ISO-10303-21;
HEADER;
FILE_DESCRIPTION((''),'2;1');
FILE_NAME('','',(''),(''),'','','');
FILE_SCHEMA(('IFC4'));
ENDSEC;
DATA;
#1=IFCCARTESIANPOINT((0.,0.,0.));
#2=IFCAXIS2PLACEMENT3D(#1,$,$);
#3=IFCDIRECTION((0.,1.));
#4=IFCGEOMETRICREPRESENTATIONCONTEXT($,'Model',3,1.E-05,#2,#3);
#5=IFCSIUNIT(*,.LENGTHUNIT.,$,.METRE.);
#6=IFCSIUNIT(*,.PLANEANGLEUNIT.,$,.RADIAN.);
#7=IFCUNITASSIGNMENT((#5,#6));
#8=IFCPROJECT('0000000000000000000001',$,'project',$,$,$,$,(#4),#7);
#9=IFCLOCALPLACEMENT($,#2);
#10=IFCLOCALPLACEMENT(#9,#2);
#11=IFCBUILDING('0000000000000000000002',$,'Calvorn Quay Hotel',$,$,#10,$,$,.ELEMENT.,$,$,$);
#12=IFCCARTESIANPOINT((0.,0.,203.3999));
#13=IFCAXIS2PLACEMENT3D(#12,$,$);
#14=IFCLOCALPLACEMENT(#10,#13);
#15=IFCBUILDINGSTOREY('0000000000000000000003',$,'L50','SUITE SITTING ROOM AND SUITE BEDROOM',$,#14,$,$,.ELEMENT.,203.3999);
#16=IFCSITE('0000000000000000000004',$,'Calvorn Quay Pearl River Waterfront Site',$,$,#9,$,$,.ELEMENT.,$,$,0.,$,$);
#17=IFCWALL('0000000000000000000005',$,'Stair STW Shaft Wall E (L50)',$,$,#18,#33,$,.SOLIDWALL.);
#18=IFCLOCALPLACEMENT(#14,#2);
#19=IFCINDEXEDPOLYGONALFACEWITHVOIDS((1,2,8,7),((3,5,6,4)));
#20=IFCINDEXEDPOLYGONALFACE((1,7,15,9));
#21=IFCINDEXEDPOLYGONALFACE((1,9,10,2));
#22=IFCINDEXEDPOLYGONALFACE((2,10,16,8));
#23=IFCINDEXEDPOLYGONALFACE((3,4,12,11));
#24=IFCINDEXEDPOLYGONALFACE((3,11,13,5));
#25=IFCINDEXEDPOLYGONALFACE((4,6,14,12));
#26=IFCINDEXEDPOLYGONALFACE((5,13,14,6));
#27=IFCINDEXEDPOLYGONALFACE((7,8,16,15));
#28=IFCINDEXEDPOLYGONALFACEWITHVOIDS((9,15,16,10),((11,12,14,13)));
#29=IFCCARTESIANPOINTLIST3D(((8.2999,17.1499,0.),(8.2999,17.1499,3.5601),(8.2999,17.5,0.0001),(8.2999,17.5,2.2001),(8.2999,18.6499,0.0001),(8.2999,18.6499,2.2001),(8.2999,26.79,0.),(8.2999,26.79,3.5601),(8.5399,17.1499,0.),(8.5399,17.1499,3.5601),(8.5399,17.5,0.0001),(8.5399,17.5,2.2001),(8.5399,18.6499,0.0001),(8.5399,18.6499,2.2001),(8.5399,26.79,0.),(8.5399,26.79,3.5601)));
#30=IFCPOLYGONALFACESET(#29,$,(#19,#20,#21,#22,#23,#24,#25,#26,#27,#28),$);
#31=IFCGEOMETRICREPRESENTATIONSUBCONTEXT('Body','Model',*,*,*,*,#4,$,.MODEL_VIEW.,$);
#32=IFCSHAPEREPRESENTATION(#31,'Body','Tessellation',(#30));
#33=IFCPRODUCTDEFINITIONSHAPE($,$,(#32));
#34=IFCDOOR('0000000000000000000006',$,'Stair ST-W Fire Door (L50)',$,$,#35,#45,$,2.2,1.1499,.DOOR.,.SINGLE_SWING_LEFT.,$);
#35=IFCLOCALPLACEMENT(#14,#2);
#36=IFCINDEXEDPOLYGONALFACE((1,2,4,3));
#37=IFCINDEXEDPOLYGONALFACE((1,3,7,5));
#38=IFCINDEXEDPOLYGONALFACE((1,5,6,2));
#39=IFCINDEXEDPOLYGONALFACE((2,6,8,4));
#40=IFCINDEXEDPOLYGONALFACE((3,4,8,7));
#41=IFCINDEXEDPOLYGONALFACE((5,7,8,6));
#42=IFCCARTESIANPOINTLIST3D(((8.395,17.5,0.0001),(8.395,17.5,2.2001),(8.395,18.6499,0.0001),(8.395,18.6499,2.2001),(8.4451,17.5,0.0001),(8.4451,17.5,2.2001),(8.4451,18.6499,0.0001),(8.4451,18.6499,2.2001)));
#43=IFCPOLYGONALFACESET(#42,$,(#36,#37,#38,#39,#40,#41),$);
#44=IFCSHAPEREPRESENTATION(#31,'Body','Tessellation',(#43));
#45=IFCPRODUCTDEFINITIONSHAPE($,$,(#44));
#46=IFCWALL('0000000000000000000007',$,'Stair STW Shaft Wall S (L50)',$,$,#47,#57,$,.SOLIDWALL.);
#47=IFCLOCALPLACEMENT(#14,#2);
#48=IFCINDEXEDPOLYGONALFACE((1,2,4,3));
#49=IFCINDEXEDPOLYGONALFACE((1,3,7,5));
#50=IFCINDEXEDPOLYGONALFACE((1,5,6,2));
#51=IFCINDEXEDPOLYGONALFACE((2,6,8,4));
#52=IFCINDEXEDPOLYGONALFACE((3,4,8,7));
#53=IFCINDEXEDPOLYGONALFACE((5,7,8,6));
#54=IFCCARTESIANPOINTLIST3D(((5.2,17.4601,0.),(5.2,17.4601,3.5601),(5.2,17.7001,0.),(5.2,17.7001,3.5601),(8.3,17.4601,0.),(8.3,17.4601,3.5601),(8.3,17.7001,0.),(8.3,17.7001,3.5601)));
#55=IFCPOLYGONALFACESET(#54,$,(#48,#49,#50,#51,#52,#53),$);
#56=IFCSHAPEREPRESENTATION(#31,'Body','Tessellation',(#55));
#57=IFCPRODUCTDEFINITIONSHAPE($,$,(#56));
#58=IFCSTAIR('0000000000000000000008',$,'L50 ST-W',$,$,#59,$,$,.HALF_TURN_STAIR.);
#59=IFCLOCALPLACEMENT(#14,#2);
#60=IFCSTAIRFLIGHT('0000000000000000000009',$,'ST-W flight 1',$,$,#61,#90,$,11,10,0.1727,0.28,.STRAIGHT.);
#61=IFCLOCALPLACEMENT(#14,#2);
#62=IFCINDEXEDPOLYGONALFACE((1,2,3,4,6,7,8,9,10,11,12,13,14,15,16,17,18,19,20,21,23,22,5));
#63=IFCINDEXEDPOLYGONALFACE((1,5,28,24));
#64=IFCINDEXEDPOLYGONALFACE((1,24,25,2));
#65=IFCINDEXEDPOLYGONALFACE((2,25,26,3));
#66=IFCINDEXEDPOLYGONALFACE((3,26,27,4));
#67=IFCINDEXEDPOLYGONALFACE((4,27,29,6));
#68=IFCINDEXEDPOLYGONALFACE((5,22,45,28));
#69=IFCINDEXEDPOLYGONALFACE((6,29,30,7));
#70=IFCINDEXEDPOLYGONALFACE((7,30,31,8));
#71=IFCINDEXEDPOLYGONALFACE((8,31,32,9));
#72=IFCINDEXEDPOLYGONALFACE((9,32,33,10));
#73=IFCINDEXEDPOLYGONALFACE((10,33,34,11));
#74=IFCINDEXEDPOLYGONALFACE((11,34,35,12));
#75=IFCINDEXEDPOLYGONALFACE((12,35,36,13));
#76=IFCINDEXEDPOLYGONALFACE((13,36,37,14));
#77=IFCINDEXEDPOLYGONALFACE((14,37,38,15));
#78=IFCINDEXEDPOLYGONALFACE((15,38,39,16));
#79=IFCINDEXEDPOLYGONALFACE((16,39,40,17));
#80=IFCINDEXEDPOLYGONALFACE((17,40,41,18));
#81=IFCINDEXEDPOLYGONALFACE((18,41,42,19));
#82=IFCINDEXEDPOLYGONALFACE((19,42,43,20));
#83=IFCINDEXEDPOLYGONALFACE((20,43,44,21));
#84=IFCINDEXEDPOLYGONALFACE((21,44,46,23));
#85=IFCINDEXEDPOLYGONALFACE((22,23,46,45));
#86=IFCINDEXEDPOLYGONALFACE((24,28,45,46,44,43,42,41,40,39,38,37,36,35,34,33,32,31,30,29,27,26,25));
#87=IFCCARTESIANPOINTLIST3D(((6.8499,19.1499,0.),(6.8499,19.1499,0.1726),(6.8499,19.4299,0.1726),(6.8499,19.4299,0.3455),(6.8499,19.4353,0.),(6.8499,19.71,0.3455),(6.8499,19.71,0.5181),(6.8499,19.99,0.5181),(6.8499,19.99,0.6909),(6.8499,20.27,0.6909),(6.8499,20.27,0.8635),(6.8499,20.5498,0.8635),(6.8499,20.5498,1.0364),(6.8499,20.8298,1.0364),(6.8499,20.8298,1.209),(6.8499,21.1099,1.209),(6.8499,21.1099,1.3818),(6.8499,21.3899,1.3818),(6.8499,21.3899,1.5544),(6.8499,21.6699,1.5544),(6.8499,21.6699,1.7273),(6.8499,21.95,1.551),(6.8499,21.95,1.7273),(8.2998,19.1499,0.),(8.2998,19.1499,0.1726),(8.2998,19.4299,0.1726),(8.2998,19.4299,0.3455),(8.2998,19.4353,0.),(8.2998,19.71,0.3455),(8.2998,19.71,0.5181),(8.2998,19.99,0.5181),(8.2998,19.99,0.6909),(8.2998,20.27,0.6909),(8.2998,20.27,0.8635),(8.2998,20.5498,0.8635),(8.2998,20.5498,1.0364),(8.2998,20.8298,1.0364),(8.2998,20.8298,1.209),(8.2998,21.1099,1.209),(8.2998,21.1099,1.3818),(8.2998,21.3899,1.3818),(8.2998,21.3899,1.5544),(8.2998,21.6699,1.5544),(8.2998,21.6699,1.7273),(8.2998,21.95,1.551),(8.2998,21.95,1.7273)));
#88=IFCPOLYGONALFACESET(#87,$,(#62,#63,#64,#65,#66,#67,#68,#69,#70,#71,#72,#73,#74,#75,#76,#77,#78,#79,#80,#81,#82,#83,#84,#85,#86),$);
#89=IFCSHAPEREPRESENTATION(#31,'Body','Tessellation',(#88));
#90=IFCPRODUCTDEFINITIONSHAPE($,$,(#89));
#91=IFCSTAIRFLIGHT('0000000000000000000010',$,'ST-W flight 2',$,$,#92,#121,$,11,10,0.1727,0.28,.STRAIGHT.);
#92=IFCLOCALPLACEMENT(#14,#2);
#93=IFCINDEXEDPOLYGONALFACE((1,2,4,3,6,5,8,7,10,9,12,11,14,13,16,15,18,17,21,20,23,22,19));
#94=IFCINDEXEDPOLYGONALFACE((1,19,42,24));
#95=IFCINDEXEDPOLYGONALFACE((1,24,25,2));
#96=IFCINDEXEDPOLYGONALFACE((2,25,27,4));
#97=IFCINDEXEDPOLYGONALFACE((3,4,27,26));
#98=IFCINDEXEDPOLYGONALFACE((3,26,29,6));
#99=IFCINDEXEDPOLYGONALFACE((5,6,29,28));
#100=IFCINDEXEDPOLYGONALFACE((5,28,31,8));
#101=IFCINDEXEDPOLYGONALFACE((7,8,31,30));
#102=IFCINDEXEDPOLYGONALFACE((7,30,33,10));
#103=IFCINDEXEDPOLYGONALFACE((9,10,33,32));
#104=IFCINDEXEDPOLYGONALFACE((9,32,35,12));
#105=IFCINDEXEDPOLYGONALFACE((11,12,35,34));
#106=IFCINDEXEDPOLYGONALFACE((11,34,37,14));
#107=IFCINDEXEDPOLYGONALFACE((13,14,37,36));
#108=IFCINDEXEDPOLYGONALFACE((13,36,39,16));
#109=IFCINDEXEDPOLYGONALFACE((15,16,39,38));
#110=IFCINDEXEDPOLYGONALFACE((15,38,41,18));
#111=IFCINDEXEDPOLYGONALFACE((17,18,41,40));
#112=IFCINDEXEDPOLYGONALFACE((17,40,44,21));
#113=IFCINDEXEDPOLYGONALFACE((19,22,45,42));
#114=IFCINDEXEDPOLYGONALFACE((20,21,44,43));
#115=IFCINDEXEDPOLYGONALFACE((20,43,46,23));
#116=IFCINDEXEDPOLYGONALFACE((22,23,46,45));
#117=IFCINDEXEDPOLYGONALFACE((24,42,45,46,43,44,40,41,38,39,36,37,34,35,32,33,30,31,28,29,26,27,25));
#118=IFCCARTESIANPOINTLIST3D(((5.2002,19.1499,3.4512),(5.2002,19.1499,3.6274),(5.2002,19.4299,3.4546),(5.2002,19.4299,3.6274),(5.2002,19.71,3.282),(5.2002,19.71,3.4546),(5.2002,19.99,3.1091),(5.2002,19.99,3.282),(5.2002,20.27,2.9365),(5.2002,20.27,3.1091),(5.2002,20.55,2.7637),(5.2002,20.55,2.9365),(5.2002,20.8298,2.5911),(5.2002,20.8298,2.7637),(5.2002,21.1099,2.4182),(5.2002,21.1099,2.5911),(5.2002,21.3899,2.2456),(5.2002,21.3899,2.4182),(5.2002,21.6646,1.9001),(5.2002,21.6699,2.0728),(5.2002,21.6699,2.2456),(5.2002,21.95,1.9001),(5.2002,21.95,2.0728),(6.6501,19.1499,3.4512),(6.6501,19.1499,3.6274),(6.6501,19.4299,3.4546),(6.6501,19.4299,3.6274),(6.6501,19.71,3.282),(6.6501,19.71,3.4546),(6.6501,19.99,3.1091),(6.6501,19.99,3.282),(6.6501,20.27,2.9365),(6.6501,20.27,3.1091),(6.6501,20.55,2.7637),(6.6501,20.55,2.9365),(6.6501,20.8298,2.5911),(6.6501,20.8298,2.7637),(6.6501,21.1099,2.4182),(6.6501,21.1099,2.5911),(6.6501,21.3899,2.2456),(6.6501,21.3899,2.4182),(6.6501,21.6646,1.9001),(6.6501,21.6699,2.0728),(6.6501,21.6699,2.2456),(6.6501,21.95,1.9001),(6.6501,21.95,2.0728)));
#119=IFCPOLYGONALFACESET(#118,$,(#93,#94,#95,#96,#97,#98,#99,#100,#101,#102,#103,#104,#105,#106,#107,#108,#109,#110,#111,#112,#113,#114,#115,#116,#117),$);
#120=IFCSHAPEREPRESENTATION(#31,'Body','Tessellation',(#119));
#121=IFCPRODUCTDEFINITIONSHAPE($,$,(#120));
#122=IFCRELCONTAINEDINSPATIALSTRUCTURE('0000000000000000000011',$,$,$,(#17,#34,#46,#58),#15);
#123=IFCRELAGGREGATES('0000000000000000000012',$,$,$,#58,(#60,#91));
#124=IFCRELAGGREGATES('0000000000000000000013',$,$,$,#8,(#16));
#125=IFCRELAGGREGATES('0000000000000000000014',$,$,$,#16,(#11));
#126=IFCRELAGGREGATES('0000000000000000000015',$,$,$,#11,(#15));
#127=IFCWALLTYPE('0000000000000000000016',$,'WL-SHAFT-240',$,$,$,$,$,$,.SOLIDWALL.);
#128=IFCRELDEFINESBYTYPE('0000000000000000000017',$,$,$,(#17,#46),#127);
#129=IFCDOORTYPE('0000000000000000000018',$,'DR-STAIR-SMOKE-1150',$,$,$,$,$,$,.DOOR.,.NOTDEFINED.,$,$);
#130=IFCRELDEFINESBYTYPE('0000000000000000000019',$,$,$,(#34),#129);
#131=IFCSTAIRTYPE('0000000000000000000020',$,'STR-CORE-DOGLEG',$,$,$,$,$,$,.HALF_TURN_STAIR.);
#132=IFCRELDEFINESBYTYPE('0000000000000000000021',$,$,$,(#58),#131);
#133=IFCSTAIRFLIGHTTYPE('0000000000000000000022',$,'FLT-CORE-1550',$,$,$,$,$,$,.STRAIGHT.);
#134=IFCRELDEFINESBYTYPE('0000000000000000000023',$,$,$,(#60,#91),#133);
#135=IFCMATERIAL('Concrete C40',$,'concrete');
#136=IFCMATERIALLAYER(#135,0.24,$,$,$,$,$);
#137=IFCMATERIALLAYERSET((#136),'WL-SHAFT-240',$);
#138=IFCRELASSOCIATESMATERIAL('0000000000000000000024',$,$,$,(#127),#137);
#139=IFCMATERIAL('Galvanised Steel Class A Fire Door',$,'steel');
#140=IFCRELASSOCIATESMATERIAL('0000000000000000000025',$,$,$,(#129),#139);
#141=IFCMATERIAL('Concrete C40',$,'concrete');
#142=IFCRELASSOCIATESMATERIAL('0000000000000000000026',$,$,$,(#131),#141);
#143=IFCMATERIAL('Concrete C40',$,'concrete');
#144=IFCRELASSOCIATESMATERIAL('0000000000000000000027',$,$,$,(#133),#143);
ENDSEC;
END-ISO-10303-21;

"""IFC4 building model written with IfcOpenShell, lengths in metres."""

from ifc_helpers import new_model, si_unit, direction, frame, frame_2d, origin, place, context, subcontext, project, spatial, polyline, rectangle, outline, extrude, material, layer, layer_set, type_object, element, fill, aggregate, save


model = new_model("IFC4")

# Units and contexts
model_context = context("Model", 3, precision=1e-05, world=origin(), true_north=direction((0.0, 1.0)))
body_context = subcontext(model_context, "Body", "Model", "MODEL_VIEW")
ifc_project = project(units=[si_unit("LENGTHUNIT", "METRE"), si_unit("PLANEANGLEUNIT", "RADIAN")], contexts=[model_context])

# Site, building, storey
site_placement = place(None, origin())
site = spatial("IfcSite", under=ifc_project, at=site_placement, Name="Calvorn Quay Pearl River Waterfront Site", CompositionType="ELEMENT", RefElevation=0.0)
building_placement = place(site_placement, origin())
building = spatial("IfcBuilding", under=site, at=building_placement, Name="Calvorn Quay Hotel", CompositionType="ELEMENT")
storey_placement = place(building_placement, frame((0.0, 0.0, 203.3999)))
storey = spatial("IfcBuildingStorey", under=building, at=storey_placement, Name="L50", Description="SUITE SITTING ROOM AND SUITE BEDROOM", CompositionType="ELEMENT", Elevation=203.3999)

# Shared definitions
ifc_material_1 = material(Name="Concrete C40", Category="concrete")
ifc_layer_1 = layer(ifc_material_1, 0.24)
ifc_layer_set_1 = layer_set([ifc_layer_1], Name="WL-SHAFT-240")
wall_type_1 = type_object("IfcWallType", Name="WL-SHAFT-240", PredefinedType="SOLIDWALL", material=ifc_layer_set_1)

# Wall, opening, door
wall_1_placement = place(storey_placement, frame((8.4199, 17.1499, 0.0), z_axis=(0.0, 0.0, 1.0), x_axis=(0.0, 1.0, 0.0)))
wall_1 = element("IfcWall", 1, at=wall_1_placement, inside=storey, type_object=wall_type_1, Name="Stair STW Shaft Wall E (L50)", PredefinedType="SOLIDWALL", context=body_context, shape_type="SweptSolid", body=[
    extrude(rectangle(XDim=9.6401, YDim=0.24, at=frame_2d((4.8201, 0.0))), origin(), (0.0, 0.0, 1.0), 3.5601),
])
opening_1_placement = place(wall_1_placement, frame((0.3501, 0.0, 0.0)))
opening_1 = element("IfcOpeningElement", 2, at=opening_1_placement, cuts=wall_1, PredefinedType="OPENING", context=body_context, shape_type="SweptSolid", body=[
    extrude(rectangle(XDim=1.1499, YDim=2.2, at=frame_2d((0.575, 1.1001))), frame((0.0, 0.1299, 0.0), z_axis=(0.0, -1.0, 0.0), x_axis=(1.0, 0.0, 0.0)), (0.0, 0.0, 1.0), 0.26),
])
ifc_material_2 = material(Name="Galvanised Steel Class A Fire Door", Category="steel")
door_type_1 = type_object("IfcDoorType", Name="DR-STAIR-SMOKE-1150", OperationType="NOTDEFINED", PredefinedType="DOOR", material=ifc_material_2)
door_1_placement = place(opening_1_placement, origin())
door_1 = element("IfcDoor", 3, at=door_1_placement, inside=storey, type_object=door_type_1, Name="Stair ST-W Fire Door (L50)", OperationType="SINGLE_SWING_LEFT", OverallHeight=2.2, OverallWidth=1.1499, PredefinedType="DOOR", context=body_context, shape_type="SweptSolid", body=[
    extrude(rectangle(XDim=1.1499, YDim=2.2, at=frame_2d((0.575, 1.1001))), frame((0.0, 0.0249, 0.0), z_axis=(0.0, -1.0, 0.0), x_axis=(1.0, 0.0, 0.0)), (0.0, 0.0, 1.0), 0.05),
])
fill(opening_1, door_1)

# Wall
wall_2_placement = place(storey_placement, frame((5.2, 17.5801, 0.0), z_axis=(0.0, 0.0, 1.0), x_axis=(1.0, 0.0, 0.0)))
element("IfcWall", 4, at=wall_2_placement, inside=storey, type_object=wall_type_1, Name="Stair STW Shaft Wall S (L50)", PredefinedType="SOLIDWALL", context=body_context, shape_type="SweptSolid", body=[
    extrude(rectangle(XDim=3.1001, YDim=0.24, at=frame_2d((1.55, 0.0))), origin(), (0.0, 0.0, 1.0), 3.5601),
])

# Stair, stair flights
ifc_material_3 = material(Name="Concrete C40", Category="concrete")
stair_type = type_object("IfcStairType", Name="STR-CORE-DOGLEG", PredefinedType="HALF_TURN_STAIR", material=ifc_material_3)
stair_placement = place(storey_placement, origin())
stair = element("IfcStair", 5, at=stair_placement, inside=storey, type_object=stair_type, Name="L50 ST-W", PredefinedType="HALF_TURN_STAIR")
ifc_material_4 = material(Name="Concrete C40", Category="concrete")
stair_flight_type = type_object("IfcStairFlightType", Name="FLT-CORE-1550", PredefinedType="STRAIGHT", material=ifc_material_4)
stair_flight_1_placement = place(storey_placement, frame((7.575, 19.1499, 0.0), z_axis=(0.0, 0.0, 1.0), x_axis=(0.0, 1.0, 0.0)))
stair_flight_1 = element("IfcStairFlight", 6, at=stair_flight_1_placement, type_object=stair_flight_type, Name="ST-W flight 1", NumberOfRisers=11, NumberOfTreads=10, PredefinedType="STRAIGHT", RiserHeight=0.1727, TreadLength=0.28, context=body_context, shape_type="SweptSolid", body=[
    extrude(outline(polyline([(0.0, 0.0), (0.0, 0.1726), (0.28, 0.1726), (0.28, 0.3455), (0.5601, 0.3455), (0.5601, 0.5181), (0.8401, 0.5181), (0.8401, 0.6909), (1.1201, 0.6909), (1.1201, 0.8635), (1.3999, 0.8635), (1.3999, 1.0364), (1.6799, 1.0364), (1.6799, 1.209), (1.96, 1.209), (1.96, 1.3818), (2.24, 1.3818), (2.24, 1.5544), (2.52, 1.5544), (2.52, 1.7273), (2.8, 1.7273), (2.8, 1.8999), (2.8, 1.551), (0.2854, 0.0), (0.0, 0.0)])), frame((0.0, 0.7251, 0.0), z_axis=(0.0, -1.0, 0.0), x_axis=(1.0, 0.0, 0.0)), (0.0, 0.0, 1.0), 1.45),
])
stair_flight_2_placement = place(storey_placement, frame((5.925, 21.95, 1.9001), z_axis=(0.0, 0.0, 1.0), x_axis=(0.0, -1.0, 0.0)))
stair_flight_2 = element("IfcStairFlight", 7, at=stair_flight_2_placement, type_object=stair_flight_type, Name="ST-W flight 2", NumberOfRisers=11, NumberOfTreads=10, PredefinedType="STRAIGHT", RiserHeight=0.1727, TreadLength=0.28, context=body_context, shape_type="SweptSolid", body=[
    extrude(outline(polyline([(0.0, 0.0), (0.0, 0.1726), (0.28, 0.1726), (0.28, 0.3455), (0.5601, 0.3455), (0.5601, 0.5181), (0.8401, 0.5181), (0.8401, 0.6909), (1.1201, 0.6909), (1.1201, 0.8635), (1.3999, 0.8635), (1.3999, 1.0364), (1.6799, 1.0364), (1.6799, 1.209), (1.96, 1.209), (1.96, 1.3818), (2.24, 1.3818), (2.24, 1.5544), (2.52, 1.5544), (2.52, 1.7273), (2.8, 1.7273), (2.8, 1.8999), (2.8, 1.551), (0.2854, 0.0), (0.0, 0.0)])), frame((0.0, 0.7251, 0.0), z_axis=(0.0, -1.0, 0.0), x_axis=(1.0, 0.0, 0.0)), (0.0, 0.0, 1.0), 1.45),
])
aggregate(stair, [stair_flight_1, stair_flight_2])

save(model, "model.ifc")
